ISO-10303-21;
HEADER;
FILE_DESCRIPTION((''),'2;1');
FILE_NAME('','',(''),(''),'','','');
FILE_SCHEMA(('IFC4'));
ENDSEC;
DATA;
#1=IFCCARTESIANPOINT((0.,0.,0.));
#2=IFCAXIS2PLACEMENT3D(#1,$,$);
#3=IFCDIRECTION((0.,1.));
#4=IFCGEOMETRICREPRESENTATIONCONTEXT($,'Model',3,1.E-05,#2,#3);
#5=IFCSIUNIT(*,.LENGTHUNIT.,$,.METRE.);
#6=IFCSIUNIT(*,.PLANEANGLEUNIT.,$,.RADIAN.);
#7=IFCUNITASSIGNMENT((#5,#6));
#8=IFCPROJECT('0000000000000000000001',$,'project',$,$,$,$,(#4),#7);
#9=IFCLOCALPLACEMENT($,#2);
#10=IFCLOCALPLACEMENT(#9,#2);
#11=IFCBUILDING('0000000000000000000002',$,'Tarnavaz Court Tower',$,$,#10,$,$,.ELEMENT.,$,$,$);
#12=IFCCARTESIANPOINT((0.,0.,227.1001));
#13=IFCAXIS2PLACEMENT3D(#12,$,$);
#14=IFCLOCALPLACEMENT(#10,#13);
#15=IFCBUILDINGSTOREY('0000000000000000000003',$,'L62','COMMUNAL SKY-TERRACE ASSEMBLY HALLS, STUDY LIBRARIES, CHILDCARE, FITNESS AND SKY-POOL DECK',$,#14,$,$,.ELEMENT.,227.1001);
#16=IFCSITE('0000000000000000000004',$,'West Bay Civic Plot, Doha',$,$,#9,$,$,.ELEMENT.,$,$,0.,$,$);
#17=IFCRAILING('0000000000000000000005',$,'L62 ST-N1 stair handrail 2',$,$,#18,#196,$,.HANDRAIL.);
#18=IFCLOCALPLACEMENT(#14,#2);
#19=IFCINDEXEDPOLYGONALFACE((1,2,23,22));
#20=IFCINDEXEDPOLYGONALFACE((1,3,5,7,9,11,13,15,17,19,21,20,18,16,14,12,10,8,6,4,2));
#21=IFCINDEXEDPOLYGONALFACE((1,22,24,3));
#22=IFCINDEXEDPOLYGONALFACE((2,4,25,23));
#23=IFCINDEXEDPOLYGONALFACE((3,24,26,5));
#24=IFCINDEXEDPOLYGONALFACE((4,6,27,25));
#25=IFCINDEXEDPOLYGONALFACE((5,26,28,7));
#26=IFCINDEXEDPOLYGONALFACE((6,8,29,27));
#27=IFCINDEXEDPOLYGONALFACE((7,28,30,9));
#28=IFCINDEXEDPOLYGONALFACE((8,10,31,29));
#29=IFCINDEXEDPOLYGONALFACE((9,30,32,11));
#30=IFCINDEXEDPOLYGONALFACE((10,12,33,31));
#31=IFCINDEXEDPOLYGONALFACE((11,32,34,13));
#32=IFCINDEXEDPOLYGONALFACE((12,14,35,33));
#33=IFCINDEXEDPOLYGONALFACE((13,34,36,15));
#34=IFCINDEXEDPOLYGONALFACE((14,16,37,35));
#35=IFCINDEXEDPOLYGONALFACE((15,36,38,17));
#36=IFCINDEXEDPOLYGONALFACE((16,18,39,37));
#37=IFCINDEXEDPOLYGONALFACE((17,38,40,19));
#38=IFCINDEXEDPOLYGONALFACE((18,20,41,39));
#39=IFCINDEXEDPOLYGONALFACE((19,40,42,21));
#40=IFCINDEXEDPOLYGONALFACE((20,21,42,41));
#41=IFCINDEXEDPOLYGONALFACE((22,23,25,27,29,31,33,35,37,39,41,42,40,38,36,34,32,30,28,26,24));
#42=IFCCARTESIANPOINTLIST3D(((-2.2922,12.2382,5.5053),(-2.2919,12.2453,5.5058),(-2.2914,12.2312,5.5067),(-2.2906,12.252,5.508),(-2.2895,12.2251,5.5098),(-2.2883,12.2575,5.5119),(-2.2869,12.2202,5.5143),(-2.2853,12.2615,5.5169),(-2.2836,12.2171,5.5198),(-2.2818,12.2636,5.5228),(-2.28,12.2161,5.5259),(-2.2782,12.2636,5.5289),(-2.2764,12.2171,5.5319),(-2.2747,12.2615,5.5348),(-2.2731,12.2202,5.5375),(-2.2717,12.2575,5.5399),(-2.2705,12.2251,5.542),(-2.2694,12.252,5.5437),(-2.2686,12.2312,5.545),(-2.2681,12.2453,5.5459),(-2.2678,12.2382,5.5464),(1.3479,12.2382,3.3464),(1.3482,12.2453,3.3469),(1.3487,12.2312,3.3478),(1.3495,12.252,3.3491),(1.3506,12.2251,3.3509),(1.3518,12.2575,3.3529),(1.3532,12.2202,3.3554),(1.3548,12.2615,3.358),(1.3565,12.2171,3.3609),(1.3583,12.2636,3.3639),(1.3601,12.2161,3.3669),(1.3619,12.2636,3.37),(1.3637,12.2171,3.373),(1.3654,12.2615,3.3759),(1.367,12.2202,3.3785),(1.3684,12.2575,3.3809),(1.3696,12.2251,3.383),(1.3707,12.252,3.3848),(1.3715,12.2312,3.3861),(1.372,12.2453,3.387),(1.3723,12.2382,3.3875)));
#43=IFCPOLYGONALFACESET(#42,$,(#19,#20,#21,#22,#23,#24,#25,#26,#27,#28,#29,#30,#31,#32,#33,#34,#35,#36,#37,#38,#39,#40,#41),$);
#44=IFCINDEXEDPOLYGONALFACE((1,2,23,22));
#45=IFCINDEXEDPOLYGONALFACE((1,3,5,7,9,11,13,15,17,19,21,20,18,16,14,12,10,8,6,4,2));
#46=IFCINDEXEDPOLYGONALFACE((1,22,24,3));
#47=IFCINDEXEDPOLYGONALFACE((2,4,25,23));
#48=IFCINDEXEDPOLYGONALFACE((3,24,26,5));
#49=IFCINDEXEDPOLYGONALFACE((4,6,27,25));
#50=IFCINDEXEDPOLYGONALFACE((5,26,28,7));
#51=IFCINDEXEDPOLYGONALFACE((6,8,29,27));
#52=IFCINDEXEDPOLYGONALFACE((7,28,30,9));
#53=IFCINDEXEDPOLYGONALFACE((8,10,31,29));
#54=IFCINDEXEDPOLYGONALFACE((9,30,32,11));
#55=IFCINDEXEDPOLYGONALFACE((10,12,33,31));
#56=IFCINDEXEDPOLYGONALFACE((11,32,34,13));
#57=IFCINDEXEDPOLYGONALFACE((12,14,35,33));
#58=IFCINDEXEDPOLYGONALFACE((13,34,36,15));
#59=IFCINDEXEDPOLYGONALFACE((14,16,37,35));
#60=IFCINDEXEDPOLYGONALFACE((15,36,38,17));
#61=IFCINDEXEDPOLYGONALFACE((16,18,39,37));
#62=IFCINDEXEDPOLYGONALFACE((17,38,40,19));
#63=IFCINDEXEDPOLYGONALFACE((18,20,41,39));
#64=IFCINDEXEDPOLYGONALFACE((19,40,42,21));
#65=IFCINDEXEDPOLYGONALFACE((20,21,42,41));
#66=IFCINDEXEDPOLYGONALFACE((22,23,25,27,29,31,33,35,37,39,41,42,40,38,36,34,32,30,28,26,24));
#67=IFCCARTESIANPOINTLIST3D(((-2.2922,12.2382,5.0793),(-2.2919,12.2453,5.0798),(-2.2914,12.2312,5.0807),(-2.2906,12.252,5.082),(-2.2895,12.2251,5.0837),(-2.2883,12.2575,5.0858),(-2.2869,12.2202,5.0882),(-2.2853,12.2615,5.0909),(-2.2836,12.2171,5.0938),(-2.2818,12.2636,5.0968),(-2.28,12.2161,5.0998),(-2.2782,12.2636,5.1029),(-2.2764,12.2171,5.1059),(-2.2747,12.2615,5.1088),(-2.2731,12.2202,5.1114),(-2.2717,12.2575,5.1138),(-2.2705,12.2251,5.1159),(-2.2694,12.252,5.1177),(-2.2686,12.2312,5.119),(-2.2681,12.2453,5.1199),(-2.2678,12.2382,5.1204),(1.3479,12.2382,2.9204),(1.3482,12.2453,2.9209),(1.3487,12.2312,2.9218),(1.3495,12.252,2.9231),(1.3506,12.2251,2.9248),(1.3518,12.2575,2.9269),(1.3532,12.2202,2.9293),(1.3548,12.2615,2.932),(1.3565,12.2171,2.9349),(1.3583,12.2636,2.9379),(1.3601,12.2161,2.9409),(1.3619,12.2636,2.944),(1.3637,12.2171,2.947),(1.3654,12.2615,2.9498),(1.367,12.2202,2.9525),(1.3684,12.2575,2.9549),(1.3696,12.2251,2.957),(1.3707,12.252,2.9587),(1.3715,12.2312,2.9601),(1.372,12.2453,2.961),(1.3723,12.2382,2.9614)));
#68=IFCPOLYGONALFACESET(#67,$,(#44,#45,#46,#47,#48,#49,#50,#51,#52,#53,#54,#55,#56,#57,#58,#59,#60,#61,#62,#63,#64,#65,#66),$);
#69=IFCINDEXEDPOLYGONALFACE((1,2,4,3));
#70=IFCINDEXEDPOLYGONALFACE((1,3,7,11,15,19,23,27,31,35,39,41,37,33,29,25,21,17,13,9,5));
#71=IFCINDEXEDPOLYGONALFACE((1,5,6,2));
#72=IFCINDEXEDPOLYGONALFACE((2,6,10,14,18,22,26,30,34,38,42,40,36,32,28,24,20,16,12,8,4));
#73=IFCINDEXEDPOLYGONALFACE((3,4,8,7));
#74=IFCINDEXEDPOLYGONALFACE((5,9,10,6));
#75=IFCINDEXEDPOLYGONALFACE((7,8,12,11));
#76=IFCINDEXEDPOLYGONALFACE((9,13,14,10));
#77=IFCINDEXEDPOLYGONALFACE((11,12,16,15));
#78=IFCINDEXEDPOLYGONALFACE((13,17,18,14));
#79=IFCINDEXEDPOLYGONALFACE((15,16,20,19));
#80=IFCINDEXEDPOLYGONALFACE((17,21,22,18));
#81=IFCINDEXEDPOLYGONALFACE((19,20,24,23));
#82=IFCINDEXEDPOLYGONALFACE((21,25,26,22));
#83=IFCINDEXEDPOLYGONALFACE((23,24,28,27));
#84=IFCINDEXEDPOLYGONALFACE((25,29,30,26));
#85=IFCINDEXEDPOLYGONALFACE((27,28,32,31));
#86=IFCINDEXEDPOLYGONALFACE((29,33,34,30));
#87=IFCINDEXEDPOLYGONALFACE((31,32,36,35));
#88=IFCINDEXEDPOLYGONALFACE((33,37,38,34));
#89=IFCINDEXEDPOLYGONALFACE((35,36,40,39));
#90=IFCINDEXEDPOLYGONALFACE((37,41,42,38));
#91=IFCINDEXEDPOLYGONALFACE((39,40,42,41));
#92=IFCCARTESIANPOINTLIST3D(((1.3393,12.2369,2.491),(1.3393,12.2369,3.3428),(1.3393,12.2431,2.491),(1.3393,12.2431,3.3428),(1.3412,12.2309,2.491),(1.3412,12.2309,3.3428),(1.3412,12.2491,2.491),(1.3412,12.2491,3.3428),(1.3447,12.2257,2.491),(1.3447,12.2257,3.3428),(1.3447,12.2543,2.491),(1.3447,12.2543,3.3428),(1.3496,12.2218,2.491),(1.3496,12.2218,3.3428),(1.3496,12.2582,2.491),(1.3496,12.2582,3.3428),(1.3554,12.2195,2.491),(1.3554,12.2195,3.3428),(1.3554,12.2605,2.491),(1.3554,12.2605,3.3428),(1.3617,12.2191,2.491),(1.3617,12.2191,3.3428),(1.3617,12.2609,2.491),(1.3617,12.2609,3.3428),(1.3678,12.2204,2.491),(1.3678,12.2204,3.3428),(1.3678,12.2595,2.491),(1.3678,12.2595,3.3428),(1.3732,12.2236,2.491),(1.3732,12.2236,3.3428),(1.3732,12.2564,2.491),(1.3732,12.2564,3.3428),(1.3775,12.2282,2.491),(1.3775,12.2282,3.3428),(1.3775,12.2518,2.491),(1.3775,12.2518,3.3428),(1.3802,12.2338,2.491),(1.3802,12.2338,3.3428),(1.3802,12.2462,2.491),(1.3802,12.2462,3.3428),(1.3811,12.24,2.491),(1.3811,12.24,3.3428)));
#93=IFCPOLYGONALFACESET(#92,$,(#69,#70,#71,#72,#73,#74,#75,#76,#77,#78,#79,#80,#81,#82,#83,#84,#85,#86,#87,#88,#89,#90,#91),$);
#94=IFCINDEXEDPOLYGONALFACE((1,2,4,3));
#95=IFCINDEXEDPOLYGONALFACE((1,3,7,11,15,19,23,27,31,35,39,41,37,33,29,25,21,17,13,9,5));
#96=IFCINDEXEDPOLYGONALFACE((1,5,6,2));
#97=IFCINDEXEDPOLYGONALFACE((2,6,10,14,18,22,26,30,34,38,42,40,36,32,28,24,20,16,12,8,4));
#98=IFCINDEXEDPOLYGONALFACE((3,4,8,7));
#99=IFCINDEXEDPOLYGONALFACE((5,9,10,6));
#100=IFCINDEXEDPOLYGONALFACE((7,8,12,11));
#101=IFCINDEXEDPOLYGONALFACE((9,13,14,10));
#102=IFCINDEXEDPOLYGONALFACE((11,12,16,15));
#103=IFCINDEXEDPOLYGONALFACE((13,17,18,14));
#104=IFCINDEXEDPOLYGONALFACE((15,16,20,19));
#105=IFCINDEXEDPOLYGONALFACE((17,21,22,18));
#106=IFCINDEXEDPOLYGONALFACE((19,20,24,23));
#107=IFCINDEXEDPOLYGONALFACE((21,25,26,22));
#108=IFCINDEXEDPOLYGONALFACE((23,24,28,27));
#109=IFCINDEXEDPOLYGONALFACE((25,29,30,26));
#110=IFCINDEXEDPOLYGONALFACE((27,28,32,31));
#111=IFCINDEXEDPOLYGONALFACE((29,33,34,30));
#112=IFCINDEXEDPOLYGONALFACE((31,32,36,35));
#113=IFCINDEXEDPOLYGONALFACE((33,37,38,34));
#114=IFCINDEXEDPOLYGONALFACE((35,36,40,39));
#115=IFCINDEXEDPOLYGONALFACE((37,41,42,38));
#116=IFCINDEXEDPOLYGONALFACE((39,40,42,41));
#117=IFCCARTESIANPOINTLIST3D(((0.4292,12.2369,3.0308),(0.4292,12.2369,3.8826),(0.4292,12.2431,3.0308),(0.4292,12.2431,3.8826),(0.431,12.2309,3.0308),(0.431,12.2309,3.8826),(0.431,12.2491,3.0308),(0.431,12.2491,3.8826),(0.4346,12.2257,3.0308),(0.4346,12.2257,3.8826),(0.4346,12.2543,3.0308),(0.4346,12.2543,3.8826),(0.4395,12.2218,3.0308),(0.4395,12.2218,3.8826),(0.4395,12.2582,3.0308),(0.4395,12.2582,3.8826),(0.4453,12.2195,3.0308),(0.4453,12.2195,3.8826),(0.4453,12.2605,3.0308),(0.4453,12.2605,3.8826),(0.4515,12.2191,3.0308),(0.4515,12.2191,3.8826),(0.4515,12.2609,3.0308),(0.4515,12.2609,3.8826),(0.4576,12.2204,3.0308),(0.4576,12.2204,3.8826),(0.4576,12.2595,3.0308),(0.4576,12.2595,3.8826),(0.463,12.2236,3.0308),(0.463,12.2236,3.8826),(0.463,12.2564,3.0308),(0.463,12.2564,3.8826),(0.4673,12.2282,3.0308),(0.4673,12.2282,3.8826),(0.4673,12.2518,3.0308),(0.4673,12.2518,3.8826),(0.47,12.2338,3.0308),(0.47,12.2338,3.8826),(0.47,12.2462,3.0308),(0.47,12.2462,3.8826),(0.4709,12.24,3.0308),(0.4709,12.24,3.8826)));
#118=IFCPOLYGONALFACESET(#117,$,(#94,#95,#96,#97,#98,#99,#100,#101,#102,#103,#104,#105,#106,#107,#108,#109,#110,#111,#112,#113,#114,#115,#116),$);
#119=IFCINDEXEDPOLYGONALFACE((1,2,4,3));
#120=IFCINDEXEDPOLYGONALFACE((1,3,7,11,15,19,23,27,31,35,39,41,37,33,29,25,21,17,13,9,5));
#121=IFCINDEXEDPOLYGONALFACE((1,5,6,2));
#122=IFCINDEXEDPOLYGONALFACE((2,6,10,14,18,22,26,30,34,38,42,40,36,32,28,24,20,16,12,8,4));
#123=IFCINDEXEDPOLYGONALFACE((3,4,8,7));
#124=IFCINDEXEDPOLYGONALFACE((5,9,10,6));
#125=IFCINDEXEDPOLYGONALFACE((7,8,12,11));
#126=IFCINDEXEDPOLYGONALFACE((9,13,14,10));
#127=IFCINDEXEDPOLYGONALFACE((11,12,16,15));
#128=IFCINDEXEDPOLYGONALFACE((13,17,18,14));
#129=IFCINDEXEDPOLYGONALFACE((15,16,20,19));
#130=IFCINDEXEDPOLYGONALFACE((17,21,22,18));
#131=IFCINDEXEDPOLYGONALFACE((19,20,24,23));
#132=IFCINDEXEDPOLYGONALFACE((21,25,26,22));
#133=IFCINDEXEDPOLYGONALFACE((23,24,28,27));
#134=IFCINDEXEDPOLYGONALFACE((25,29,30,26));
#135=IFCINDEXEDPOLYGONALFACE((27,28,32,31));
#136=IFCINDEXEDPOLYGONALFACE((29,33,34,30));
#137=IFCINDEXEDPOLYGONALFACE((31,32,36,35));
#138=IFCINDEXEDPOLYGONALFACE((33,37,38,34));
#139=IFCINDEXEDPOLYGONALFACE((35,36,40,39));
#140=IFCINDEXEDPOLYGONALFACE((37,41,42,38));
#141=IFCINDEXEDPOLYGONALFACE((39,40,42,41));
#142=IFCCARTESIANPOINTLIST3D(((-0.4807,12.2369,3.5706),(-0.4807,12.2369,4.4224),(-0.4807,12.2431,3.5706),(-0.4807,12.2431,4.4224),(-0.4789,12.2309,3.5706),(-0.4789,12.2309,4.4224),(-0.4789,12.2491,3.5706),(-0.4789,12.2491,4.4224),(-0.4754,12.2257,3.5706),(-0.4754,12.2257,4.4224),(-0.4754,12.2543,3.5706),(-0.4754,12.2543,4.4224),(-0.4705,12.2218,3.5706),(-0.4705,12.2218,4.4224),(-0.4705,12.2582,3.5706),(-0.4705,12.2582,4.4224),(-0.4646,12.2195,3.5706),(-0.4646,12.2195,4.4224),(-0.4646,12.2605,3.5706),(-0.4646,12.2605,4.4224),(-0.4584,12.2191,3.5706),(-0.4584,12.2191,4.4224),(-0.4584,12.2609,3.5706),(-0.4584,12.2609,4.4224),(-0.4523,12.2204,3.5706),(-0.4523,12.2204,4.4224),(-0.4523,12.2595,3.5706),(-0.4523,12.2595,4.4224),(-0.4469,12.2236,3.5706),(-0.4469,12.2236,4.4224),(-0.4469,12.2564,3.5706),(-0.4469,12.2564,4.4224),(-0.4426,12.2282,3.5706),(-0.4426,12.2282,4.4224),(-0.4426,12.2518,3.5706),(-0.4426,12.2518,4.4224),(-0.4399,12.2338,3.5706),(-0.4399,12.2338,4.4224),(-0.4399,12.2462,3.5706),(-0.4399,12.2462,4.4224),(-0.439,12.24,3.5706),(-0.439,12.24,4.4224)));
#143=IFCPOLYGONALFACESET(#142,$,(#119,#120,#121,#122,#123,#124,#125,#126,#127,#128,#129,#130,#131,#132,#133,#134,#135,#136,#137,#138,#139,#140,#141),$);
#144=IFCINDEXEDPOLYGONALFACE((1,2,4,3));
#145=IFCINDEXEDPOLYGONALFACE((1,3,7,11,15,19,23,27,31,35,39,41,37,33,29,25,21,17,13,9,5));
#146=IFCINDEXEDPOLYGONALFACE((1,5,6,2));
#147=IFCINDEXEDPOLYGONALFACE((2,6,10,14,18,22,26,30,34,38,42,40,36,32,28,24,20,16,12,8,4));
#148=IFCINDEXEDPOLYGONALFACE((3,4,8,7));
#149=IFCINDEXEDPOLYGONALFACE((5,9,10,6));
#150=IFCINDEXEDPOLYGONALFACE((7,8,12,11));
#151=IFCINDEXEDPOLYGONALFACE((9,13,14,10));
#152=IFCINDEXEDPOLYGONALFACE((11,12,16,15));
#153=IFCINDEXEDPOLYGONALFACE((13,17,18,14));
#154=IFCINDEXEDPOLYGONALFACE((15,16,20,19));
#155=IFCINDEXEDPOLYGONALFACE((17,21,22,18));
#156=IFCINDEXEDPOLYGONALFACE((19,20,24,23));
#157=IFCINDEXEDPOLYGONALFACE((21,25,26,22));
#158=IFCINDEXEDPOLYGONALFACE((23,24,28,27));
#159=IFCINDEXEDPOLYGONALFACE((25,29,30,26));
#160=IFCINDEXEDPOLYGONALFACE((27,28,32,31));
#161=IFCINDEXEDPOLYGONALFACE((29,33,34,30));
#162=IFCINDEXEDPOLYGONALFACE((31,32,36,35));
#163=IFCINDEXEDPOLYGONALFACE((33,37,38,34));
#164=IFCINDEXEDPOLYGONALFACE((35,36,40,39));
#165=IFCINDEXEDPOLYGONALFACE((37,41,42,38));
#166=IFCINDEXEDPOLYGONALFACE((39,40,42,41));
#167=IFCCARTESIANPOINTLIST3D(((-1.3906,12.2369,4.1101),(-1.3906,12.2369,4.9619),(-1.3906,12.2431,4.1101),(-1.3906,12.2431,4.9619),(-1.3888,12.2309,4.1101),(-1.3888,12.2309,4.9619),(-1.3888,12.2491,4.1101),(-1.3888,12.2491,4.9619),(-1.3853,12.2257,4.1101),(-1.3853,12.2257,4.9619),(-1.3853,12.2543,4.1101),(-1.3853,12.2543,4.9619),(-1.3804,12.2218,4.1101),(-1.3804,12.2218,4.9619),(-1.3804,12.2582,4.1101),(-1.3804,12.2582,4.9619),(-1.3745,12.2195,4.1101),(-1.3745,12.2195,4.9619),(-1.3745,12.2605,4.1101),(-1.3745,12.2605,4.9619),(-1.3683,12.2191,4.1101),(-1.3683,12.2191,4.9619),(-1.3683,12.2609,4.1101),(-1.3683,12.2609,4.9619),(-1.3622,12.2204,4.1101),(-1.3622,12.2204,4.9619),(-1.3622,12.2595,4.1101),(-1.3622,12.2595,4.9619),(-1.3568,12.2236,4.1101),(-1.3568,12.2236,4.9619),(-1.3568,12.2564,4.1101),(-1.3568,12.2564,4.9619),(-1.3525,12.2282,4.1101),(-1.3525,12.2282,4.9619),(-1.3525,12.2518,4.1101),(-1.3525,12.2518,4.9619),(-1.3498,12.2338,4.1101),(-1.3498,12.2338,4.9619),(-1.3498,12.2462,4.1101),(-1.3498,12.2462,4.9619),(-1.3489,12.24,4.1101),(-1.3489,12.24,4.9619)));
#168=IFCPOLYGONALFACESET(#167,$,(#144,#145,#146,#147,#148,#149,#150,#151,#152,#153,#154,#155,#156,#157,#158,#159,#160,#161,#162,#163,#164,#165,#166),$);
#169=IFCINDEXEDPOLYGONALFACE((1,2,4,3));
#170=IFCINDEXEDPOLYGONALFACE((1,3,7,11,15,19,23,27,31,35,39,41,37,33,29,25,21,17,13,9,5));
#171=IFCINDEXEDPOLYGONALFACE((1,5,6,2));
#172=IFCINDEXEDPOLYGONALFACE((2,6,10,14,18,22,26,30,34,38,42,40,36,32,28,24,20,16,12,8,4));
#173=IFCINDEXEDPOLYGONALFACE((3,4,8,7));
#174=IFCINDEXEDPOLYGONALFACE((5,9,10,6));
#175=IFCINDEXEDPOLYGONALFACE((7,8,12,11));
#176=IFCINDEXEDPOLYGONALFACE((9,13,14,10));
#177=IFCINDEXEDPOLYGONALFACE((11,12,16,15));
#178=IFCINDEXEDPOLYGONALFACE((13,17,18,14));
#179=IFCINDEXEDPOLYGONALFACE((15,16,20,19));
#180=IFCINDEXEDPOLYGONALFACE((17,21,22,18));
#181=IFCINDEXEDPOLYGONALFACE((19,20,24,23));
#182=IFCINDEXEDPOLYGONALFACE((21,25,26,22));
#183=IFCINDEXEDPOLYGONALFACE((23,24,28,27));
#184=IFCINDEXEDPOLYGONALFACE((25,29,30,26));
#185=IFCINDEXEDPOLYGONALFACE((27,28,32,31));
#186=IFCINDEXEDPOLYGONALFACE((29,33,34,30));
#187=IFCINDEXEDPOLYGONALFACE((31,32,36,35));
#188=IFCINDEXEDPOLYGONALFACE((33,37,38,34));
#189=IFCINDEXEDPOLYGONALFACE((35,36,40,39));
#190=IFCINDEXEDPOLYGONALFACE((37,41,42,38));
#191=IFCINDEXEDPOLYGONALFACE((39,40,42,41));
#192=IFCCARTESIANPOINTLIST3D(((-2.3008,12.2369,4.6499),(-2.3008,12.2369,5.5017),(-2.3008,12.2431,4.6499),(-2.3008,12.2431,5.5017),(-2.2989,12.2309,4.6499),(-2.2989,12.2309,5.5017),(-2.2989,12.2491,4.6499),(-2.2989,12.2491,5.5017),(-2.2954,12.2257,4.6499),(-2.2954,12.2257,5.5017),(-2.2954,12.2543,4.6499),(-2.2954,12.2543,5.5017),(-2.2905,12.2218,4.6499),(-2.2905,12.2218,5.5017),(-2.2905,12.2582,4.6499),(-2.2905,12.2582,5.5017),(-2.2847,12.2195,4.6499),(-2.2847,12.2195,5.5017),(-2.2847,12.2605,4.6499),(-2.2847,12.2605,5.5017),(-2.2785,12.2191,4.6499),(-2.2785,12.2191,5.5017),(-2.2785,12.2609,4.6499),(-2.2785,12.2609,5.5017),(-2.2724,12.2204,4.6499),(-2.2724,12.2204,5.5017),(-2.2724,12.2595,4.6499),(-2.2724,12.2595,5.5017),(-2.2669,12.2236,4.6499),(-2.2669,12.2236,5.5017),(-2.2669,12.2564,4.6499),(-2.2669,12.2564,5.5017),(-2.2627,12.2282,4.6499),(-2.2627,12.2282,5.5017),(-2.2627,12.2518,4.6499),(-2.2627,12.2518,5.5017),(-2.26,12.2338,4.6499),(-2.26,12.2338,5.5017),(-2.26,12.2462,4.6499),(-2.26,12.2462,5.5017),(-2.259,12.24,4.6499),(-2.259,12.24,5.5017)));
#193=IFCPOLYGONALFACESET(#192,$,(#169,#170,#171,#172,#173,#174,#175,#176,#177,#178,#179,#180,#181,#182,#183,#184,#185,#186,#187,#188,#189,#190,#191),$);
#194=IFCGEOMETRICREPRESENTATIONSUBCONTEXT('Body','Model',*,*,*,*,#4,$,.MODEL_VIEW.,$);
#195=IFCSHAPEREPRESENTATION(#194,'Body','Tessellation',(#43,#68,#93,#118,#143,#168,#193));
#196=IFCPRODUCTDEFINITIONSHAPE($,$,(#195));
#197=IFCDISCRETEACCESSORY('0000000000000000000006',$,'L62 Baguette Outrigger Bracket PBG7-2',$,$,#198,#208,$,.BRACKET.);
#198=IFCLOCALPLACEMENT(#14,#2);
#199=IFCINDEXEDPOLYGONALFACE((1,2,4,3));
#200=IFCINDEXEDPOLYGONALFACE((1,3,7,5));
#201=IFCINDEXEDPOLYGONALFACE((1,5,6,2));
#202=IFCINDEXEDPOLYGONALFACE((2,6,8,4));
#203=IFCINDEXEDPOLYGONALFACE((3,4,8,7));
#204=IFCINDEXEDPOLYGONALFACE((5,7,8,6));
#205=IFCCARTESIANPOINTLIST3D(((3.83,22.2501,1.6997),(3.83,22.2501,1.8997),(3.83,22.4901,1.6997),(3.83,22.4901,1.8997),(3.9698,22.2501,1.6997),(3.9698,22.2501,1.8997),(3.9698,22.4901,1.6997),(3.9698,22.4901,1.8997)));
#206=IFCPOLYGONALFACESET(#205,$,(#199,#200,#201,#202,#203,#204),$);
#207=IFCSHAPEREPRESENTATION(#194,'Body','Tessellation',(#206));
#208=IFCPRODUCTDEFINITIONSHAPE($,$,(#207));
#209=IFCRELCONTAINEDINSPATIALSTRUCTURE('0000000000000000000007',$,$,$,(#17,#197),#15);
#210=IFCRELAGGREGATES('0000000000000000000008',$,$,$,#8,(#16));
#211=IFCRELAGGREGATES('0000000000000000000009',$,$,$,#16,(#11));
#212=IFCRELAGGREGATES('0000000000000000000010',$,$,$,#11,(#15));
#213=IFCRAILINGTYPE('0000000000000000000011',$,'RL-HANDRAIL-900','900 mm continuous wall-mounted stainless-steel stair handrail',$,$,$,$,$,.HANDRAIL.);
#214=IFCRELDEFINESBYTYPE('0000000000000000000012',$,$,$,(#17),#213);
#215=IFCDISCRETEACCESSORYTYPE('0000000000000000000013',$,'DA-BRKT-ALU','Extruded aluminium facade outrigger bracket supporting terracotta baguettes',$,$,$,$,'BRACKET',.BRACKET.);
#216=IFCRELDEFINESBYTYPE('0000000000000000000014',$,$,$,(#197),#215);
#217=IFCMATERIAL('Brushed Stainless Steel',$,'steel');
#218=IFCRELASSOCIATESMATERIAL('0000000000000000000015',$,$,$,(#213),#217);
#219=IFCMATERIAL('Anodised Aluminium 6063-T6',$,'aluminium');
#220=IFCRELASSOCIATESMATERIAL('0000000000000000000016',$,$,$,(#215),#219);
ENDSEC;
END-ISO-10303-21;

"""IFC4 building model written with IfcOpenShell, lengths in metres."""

from ifc_helpers import new_model, si_unit, direction, frame, origin, origin_2d, place, context, subcontext, project, spatial, rectangle, circle, extrude, material, type_object, element, save


model = new_model("IFC4")

# Units and contexts
model_context = context("Model", 3, precision=1e-05, world=origin(), true_north=direction((0.0, 1.0)))
body_context = subcontext(model_context, "Body", "Model", "MODEL_VIEW")
ifc_project = project(units=[si_unit("LENGTHUNIT", "METRE"), si_unit("PLANEANGLEUNIT", "RADIAN")], contexts=[model_context])

# Site, building, storey
site_placement = place(None, origin())
site = spatial("IfcSite", under=ifc_project, at=site_placement, Name="West Bay Civic Plot, Doha", CompositionType="ELEMENT", RefElevation=0.0)
building_placement = place(site_placement, origin())
building = spatial("IfcBuilding", under=site, at=building_placement, Name="Tarnavaz Court Tower", CompositionType="ELEMENT")
storey_placement = place(building_placement, frame((0.0, 0.0, 227.1001)))
storey = spatial("IfcBuildingStorey", under=building, at=storey_placement, Name="L62", Description="COMMUNAL SKY-TERRACE ASSEMBLY HALLS, STUDY LIBRARIES, CHILDCARE, FITNESS AND SKY-POOL DECK", CompositionType="ELEMENT", Elevation=227.1001)

# Shared definitions
ifc_material_1 = material(Name="Anodised Aluminium 6063-T6", Category="aluminium")

# Railing
ifc_material_2 = material(Name="Brushed Stainless Steel", Category="steel")
railing_type = type_object("IfcRailingType", Name="RL-HANDRAIL-900", Description="900 mm continuous wall-mounted stainless-steel stair handrail", PredefinedType="HANDRAIL", material=ifc_material_2)
railing_placement = place(storey_placement, frame((1.3601, 12.24, 2.491)))
element("IfcRailing", 1, at=railing_placement, inside=storey, type_object=railing_type, Name="L62 ST-N1 stair handrail 2", PredefinedType="HANDRAIL", context=body_context, shape_type="SweptSolid", body=[
    extrude(circle(Radius=0.0239, at=origin_2d()), frame((0.0, 0.0, 0.876), z_axis=(-0.860103, 0.0, 0.51012), x_axis=(0.0, -1.0, 0.0)), (0.0, 0.0, 1.0), 4.2322),
    extrude(circle(Radius=0.0239, at=origin_2d()), frame((0.0, 0.0, 0.45), z_axis=(-0.860103, 0.0, 0.51012), x_axis=(0.0, -1.0, 0.0)), (0.0, 0.0, 1.0), 4.2322),
    extrude(circle(Radius=0.021, at=origin_2d()), origin(), (0.0, 0.0, 1.0), 0.8518),
    extrude(circle(Radius=0.021, at=origin_2d()), frame((-0.9102, 0.0, 0.5398)), (0.0, 0.0, 1.0), 0.8518),
    extrude(circle(Radius=0.021, at=origin_2d()), frame((-1.8201, 0.0, 1.0796)), (0.0, 0.0, 1.0), 0.8518),
    extrude(circle(Radius=0.021, at=origin_2d()), frame((-2.73, 0.0, 1.6191)), (0.0, 0.0, 1.0), 0.8518),
    extrude(circle(Radius=0.021, at=origin_2d()), frame((-3.6401, 0.0, 2.1589)), (0.0, 0.0, 1.0), 0.8518),
])

# Discrete accessory
discrete_accessory_type = type_object("IfcDiscreteAccessoryType", Name="DA-BRKT-ALU", Description="Extruded aluminium facade outrigger bracket supporting terracotta baguettes", ElementType="BRACKET", PredefinedType="BRACKET", material=ifc_material_1)
discrete_accessory_placement = place(storey_placement, frame((3.8999, 22.3701, 1.6997), z_axis=(0.0, 0.0, 1.0), x_axis=(1.0, 0.0, 0.0)))
element("IfcDiscreteAccessory", 2, at=discrete_accessory_placement, inside=storey, type_object=discrete_accessory_type, Name="L62 Baguette Outrigger Bracket PBG7-2", PredefinedType="BRACKET", context=body_context, shape_type="SweptSolid", body=[
    extrude(rectangle(XDim=0.1399, YDim=0.24, at=origin_2d()), origin(), (0.0, 0.0, 1.0), 0.2),
])

save(model, "model.ifc")
